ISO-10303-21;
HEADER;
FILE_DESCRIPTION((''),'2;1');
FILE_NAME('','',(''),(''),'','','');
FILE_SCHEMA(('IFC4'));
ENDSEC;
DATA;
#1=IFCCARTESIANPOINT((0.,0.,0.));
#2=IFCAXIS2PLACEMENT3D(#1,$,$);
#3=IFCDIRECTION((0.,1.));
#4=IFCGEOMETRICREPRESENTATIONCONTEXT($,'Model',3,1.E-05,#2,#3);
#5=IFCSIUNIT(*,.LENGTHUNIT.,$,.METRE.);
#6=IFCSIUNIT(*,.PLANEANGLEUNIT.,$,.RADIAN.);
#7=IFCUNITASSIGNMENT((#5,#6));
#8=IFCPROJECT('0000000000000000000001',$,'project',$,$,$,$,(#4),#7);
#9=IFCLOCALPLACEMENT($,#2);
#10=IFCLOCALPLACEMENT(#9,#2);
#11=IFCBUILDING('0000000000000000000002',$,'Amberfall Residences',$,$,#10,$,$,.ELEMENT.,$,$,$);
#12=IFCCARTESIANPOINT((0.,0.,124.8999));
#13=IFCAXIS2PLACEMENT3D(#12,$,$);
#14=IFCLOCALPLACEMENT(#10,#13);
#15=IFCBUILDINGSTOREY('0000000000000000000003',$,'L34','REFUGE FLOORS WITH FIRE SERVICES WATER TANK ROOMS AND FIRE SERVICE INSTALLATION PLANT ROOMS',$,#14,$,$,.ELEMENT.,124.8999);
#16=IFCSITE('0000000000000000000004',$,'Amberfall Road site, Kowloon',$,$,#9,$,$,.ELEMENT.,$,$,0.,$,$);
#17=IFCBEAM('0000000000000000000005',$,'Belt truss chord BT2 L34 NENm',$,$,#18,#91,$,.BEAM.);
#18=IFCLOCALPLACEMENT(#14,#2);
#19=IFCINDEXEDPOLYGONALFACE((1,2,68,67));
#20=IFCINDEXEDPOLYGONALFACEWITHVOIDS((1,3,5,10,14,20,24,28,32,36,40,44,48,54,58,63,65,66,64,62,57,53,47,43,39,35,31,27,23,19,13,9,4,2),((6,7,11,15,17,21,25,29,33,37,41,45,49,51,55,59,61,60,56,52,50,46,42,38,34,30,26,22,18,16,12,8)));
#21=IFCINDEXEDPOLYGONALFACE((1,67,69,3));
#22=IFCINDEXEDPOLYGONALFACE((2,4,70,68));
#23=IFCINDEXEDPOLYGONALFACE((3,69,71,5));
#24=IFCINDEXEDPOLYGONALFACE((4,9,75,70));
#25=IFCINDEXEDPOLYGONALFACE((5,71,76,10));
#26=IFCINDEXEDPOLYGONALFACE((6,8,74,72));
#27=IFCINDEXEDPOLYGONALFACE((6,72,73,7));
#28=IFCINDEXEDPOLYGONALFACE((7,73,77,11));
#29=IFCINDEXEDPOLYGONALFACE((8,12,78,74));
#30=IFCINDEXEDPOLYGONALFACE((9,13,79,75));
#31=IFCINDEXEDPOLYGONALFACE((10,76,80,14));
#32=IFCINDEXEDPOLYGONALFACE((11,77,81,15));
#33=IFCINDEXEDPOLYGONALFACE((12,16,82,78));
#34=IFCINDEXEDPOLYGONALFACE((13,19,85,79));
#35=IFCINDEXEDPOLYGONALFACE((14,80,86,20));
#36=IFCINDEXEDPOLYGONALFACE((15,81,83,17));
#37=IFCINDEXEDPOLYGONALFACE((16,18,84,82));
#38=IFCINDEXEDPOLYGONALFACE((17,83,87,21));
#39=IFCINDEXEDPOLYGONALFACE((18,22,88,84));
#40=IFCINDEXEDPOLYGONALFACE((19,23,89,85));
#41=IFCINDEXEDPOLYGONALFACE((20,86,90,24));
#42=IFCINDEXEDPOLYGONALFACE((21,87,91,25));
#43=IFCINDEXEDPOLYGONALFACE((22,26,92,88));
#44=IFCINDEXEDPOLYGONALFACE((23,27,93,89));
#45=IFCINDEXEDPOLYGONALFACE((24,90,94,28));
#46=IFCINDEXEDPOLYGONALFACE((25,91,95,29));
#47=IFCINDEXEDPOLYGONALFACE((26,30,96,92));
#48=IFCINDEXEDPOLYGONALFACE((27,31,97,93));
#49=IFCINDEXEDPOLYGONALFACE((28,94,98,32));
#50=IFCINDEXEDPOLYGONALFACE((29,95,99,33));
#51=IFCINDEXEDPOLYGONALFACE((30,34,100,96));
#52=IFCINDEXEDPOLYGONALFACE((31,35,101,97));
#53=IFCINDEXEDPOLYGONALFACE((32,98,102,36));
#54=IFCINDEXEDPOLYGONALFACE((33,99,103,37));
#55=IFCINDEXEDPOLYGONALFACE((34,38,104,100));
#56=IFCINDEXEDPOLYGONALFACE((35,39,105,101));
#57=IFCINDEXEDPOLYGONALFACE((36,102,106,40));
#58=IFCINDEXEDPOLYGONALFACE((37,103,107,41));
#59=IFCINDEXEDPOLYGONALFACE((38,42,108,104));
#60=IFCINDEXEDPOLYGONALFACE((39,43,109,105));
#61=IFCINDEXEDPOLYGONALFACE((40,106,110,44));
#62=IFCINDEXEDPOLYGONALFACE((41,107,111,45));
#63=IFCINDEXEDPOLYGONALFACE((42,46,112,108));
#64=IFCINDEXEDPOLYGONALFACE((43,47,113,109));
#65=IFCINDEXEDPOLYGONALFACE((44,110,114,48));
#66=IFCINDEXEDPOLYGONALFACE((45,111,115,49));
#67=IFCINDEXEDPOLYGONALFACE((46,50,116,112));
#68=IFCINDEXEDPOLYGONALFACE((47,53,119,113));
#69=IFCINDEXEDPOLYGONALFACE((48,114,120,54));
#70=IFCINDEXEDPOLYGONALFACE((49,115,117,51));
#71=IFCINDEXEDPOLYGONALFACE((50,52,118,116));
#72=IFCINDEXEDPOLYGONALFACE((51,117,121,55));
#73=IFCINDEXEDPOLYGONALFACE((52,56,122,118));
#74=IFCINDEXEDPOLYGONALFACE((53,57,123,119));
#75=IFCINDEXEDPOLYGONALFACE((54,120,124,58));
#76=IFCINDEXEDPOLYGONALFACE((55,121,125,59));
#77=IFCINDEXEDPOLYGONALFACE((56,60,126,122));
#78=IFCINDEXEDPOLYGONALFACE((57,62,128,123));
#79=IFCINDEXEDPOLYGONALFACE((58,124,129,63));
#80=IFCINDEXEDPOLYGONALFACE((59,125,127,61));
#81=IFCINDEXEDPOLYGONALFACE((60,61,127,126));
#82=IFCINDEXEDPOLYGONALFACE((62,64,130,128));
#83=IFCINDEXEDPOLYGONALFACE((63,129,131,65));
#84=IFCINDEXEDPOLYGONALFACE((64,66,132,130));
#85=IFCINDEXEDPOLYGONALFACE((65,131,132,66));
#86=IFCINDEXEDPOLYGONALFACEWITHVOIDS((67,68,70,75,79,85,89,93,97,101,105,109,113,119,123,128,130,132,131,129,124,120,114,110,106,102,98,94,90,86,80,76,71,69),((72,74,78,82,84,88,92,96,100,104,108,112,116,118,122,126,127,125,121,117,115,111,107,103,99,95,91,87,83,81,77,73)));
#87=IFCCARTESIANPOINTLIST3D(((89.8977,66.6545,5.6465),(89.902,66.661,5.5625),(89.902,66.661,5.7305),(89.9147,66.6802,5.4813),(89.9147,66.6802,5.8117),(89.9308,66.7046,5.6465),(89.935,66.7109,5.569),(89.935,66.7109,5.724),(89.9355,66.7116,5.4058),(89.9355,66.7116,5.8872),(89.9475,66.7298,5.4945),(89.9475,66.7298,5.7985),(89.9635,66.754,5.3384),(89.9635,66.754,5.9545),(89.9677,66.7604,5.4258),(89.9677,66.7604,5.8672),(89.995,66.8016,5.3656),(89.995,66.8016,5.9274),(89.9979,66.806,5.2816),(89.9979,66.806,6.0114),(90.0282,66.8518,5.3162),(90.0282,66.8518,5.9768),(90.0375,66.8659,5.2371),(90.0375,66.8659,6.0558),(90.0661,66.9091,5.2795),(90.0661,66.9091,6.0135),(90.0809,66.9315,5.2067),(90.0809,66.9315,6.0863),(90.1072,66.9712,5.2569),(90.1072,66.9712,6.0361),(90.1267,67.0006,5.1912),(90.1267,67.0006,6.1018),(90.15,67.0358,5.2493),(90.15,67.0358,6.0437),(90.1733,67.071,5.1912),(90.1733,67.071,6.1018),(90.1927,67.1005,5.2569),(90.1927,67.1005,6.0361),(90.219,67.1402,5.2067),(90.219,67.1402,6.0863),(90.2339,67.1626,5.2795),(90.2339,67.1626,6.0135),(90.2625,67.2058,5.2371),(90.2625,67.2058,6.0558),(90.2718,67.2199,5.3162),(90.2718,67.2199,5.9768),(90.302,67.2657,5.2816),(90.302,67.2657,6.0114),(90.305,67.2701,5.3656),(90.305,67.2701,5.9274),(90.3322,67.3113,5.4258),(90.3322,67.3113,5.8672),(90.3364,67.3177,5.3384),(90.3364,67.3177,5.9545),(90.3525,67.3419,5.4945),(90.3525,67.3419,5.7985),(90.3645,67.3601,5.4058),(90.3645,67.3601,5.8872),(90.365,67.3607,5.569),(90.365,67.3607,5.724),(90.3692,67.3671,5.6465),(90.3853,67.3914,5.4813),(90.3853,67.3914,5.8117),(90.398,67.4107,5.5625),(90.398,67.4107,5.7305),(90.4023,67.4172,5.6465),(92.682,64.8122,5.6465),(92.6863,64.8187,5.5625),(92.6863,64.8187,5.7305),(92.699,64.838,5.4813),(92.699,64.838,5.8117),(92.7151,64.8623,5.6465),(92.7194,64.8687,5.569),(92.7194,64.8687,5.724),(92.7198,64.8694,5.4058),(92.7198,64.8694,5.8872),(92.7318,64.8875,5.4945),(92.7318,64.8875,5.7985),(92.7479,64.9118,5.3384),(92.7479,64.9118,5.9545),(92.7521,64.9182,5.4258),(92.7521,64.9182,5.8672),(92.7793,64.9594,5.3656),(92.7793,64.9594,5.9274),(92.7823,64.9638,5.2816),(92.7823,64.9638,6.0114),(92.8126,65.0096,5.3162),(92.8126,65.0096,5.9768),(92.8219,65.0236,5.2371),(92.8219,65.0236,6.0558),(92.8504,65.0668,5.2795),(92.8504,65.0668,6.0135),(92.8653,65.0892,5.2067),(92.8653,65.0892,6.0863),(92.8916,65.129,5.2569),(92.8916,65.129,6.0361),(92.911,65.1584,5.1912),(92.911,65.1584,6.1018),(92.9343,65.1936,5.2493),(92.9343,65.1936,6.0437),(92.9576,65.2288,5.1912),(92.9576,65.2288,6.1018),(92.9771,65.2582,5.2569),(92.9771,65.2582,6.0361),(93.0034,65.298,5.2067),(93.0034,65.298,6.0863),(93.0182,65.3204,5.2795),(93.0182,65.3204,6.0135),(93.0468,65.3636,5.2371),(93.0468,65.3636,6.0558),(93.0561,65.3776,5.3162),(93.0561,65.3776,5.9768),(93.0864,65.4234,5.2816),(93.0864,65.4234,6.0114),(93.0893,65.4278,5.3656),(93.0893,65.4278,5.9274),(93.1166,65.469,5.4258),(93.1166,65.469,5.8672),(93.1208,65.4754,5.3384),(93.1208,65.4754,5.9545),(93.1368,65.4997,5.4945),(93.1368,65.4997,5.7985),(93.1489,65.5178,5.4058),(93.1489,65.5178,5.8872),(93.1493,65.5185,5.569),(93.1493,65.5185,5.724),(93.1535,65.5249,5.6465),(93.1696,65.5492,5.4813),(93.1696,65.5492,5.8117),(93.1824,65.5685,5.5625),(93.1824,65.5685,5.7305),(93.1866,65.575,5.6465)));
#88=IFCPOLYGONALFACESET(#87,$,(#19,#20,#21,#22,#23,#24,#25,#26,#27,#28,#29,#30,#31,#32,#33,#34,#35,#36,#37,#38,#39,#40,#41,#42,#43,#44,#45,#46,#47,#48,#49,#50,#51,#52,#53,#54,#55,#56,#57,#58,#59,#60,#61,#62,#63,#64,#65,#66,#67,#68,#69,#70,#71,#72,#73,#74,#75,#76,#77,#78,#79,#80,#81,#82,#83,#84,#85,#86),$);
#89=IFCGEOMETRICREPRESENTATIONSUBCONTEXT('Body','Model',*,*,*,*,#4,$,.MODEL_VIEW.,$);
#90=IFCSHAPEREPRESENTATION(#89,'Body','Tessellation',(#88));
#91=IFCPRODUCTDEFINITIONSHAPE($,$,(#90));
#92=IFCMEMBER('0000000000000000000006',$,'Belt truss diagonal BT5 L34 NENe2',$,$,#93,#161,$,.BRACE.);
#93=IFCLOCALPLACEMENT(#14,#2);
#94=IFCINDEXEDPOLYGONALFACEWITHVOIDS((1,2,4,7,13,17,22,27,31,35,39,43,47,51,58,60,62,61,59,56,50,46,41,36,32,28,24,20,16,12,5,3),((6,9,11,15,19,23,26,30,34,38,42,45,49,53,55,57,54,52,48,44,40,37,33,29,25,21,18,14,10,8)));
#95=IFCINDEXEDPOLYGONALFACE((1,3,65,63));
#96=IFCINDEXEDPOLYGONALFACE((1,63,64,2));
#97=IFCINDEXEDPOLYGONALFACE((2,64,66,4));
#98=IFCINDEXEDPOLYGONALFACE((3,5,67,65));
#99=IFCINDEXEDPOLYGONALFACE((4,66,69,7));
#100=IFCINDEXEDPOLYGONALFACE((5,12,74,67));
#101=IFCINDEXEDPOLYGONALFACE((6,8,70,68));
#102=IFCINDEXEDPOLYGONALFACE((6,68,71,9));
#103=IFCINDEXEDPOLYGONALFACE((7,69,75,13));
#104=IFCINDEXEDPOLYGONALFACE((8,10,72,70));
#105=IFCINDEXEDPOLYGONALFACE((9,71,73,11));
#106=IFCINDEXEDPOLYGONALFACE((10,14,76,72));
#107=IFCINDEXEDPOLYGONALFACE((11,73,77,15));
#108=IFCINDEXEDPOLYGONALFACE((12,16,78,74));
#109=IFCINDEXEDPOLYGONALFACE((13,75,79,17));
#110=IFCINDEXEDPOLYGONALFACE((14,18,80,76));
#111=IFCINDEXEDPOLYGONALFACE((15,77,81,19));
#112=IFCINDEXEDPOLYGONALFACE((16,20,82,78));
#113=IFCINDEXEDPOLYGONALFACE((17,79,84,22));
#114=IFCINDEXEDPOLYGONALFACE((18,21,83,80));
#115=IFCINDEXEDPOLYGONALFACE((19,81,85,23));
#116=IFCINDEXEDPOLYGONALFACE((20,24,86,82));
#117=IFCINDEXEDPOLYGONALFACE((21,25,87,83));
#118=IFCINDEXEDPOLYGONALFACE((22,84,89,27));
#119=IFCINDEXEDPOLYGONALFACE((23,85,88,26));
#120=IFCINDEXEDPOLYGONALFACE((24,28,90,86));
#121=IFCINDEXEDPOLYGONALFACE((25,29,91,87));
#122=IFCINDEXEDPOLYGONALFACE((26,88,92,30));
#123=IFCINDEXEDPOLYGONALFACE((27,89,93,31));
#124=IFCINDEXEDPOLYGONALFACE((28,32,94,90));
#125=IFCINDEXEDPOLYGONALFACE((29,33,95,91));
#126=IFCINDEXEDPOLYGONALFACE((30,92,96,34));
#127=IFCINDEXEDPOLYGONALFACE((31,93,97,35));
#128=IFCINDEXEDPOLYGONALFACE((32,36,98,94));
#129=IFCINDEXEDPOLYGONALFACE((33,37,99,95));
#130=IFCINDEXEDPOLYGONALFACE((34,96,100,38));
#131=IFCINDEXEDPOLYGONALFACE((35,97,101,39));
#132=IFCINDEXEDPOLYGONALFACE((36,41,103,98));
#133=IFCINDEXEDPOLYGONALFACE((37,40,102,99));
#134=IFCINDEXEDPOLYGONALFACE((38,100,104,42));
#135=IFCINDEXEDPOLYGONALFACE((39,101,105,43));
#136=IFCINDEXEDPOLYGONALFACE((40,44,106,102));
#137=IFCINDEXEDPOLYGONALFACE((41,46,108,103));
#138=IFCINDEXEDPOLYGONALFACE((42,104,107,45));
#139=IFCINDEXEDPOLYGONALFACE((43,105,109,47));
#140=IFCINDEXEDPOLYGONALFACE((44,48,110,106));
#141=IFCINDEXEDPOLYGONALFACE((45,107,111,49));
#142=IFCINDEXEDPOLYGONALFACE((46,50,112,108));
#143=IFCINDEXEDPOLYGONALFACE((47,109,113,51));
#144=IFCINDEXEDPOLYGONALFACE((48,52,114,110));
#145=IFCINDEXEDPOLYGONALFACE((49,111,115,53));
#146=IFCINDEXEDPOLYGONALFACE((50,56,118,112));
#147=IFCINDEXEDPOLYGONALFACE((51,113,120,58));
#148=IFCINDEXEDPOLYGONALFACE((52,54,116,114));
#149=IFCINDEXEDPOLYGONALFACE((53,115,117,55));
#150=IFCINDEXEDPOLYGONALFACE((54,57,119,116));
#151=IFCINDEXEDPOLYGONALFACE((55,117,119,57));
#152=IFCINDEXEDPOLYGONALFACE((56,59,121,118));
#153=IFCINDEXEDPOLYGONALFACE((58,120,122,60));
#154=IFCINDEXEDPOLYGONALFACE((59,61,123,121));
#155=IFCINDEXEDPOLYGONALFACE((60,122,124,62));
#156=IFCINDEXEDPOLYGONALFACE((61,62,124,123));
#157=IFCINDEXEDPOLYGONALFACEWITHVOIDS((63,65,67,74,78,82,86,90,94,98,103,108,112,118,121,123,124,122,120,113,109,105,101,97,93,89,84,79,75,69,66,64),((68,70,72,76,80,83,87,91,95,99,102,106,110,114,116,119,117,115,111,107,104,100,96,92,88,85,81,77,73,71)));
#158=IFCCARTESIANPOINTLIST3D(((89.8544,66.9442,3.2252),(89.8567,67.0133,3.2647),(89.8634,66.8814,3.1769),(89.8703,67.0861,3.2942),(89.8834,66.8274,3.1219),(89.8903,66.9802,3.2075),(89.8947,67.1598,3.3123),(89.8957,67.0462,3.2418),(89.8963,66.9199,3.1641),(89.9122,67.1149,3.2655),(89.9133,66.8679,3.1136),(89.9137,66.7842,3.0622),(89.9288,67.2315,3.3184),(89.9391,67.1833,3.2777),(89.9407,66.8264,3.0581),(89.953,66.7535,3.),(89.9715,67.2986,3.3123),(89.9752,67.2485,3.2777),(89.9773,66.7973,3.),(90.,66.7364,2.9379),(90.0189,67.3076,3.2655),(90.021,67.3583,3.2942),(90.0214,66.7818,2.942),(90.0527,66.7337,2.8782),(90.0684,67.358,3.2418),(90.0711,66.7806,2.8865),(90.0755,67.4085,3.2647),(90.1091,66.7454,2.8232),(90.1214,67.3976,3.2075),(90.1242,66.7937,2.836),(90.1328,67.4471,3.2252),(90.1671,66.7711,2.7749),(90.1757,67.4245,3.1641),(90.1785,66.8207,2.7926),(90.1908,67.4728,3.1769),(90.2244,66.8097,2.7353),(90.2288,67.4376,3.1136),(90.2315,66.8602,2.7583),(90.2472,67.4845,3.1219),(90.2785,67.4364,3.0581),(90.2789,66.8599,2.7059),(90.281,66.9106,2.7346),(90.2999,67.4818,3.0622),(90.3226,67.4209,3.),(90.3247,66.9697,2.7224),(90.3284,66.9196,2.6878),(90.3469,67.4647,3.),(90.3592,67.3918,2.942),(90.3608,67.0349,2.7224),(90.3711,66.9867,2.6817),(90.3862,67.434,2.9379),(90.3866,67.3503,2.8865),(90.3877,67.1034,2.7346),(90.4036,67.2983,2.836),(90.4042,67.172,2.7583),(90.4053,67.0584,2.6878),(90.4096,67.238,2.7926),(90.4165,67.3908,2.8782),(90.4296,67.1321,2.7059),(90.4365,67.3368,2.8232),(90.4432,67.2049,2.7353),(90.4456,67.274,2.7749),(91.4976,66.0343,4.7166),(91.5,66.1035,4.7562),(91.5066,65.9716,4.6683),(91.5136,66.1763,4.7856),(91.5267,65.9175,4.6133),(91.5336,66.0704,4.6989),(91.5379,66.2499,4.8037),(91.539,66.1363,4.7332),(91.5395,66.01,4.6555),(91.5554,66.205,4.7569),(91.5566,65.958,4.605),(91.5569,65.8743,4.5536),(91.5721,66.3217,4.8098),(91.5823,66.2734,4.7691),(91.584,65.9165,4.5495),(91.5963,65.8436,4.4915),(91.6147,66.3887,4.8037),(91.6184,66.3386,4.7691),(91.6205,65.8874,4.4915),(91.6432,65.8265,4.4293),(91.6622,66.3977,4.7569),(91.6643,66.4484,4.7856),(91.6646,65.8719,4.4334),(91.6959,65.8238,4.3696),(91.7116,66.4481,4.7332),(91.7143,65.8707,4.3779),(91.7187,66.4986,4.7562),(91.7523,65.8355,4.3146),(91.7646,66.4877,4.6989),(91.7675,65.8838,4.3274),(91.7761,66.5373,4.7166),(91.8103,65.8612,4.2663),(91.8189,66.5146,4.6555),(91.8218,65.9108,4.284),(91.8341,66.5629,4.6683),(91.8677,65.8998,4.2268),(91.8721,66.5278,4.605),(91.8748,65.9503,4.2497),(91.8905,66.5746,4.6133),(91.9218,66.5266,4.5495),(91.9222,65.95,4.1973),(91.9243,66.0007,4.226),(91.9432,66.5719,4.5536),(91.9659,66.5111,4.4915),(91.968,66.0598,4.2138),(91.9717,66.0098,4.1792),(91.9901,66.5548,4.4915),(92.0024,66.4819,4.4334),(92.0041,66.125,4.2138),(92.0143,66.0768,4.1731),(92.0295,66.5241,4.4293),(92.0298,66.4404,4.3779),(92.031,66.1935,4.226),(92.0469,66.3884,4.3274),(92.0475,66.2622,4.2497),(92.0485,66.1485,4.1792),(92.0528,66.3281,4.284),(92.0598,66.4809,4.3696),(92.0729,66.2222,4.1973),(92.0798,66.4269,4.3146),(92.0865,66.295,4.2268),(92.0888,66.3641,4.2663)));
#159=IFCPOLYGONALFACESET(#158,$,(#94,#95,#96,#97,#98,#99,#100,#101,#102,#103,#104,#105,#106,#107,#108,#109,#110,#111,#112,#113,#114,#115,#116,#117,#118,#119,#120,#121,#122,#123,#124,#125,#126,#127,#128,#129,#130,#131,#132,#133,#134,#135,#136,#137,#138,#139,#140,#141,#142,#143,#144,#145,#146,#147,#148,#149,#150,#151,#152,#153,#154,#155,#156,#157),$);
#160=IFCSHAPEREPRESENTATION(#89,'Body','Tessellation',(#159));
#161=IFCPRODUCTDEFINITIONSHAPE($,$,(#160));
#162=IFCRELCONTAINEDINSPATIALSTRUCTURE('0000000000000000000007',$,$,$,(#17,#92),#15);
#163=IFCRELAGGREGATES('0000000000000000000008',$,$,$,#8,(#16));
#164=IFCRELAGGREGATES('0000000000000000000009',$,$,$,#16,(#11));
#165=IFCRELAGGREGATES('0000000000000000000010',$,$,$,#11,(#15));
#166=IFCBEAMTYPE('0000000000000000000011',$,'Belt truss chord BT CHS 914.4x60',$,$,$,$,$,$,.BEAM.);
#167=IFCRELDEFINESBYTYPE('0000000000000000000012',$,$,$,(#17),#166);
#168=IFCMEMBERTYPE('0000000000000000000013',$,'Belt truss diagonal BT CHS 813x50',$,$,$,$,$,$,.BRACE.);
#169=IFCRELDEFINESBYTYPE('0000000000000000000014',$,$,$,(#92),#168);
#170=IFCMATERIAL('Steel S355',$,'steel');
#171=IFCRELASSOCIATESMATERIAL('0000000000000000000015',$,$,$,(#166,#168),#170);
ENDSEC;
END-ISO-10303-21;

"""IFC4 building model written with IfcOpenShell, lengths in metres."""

from ifc_helpers import new_model, si_unit, direction, frame, origin, origin_2d, place, context, subcontext, project, spatial, hollow_circle, extrude, material, material_profile, profile_set, type_object, element, save


model = new_model("IFC4")

# Units and contexts
model_context = context("Model", 3, precision=1e-05, world=origin(), true_north=direction((0.0, 1.0)))
body_context = subcontext(model_context, "Body", "Model", "MODEL_VIEW")
ifc_project = project(units=[si_unit("LENGTHUNIT", "METRE"), si_unit("PLANEANGLEUNIT", "RADIAN")], contexts=[model_context])

# Site, building, storey
site_placement = place(None, origin())
site = spatial("IfcSite", under=ifc_project, at=site_placement, Name="Amberfall Road site, Kowloon", CompositionType="ELEMENT", RefElevation=0.0)
building_placement = place(site_placement, origin())
building = spatial("IfcBuilding", under=site, at=building_placement, Name="Amberfall Residences", CompositionType="ELEMENT")
storey_placement = place(building_placement, frame((0.0, 0.0, 124.8999)))
storey = spatial("IfcBuildingStorey", under=building, at=storey_placement, Name="L34", Description="REFUGE FLOORS WITH FIRE SERVICES WATER TANK ROOMS AND FIRE SERVICE INSTALLATION PLANT ROOMS", CompositionType="ELEMENT", Elevation=124.8999)

# Beam
ifc_material_1 = material(Name="Steel S355", Category="steel")
ifc_material_profile_1 = material_profile(ifc_material_1, hollow_circle(Radius=0.4573, WallThickness=0.0601, at=origin_2d()), Name="CHS 914.4x60")
ifc_profile_set_1 = profile_set([ifc_material_profile_1], Name="Steel S355")
beam_type_1 = type_object("IfcBeamType", Name="Belt truss chord BT CHS 914.4x60", PredefinedType="BEAM", material=ifc_profile_set_1)
beam_1_placement = place(storey_placement, frame((92.9343, 65.1936, 5.6465), z_axis=(-0.83398, 0.551794, 0.0), x_axis=(-0.551794, -0.83398, 0.0)))
element("IfcBeam", 1, at=beam_1_placement, inside=storey, type_object=beam_type_1, Name="Belt truss chord BT2 L34 NENm", PredefinedType="BEAM", context=body_context, shape_type="SweptSolid", body=[
    extrude(hollow_circle(Radius=0.4573, WallThickness=0.0601, at=origin_2d()), origin(), (0.0, 0.0, 1.0), 3.3386),
])

# Member
ifc_material_profile_2 = material_profile(ifc_material_1, hollow_circle(Radius=0.4065, WallThickness=0.05, at=origin_2d()), Name="CHS 813x50")
ifc_profile_set_2 = profile_set([ifc_material_profile_2], Name="Steel S355")
member_type_1 = type_object("IfcMemberType", Name="Belt truss diagonal BT CHS 813x50", PredefinedType="BRACE", material=ifc_profile_set_2)
member_1_placement = place(storey_placement, frame((91.7932, 66.1992, 4.4915), z_axis=(-0.685138, 0.379366, -0.621826), x_axis=(-0.484406, -0.874843, 0.0)))
element("IfcMember", 2, at=member_1_placement, inside=storey, type_object=member_type_1, Name="Belt truss diagonal BT5 L34 NENe2", PredefinedType="BRACE", context=body_context, shape_type="SweptSolid", body=[
    extrude(hollow_circle(Radius=0.4065, WallThickness=0.05, at=origin_2d()), origin(), (0.0, 0.0, 1.0), 2.3984),
])

save(model, "model.ifc")
